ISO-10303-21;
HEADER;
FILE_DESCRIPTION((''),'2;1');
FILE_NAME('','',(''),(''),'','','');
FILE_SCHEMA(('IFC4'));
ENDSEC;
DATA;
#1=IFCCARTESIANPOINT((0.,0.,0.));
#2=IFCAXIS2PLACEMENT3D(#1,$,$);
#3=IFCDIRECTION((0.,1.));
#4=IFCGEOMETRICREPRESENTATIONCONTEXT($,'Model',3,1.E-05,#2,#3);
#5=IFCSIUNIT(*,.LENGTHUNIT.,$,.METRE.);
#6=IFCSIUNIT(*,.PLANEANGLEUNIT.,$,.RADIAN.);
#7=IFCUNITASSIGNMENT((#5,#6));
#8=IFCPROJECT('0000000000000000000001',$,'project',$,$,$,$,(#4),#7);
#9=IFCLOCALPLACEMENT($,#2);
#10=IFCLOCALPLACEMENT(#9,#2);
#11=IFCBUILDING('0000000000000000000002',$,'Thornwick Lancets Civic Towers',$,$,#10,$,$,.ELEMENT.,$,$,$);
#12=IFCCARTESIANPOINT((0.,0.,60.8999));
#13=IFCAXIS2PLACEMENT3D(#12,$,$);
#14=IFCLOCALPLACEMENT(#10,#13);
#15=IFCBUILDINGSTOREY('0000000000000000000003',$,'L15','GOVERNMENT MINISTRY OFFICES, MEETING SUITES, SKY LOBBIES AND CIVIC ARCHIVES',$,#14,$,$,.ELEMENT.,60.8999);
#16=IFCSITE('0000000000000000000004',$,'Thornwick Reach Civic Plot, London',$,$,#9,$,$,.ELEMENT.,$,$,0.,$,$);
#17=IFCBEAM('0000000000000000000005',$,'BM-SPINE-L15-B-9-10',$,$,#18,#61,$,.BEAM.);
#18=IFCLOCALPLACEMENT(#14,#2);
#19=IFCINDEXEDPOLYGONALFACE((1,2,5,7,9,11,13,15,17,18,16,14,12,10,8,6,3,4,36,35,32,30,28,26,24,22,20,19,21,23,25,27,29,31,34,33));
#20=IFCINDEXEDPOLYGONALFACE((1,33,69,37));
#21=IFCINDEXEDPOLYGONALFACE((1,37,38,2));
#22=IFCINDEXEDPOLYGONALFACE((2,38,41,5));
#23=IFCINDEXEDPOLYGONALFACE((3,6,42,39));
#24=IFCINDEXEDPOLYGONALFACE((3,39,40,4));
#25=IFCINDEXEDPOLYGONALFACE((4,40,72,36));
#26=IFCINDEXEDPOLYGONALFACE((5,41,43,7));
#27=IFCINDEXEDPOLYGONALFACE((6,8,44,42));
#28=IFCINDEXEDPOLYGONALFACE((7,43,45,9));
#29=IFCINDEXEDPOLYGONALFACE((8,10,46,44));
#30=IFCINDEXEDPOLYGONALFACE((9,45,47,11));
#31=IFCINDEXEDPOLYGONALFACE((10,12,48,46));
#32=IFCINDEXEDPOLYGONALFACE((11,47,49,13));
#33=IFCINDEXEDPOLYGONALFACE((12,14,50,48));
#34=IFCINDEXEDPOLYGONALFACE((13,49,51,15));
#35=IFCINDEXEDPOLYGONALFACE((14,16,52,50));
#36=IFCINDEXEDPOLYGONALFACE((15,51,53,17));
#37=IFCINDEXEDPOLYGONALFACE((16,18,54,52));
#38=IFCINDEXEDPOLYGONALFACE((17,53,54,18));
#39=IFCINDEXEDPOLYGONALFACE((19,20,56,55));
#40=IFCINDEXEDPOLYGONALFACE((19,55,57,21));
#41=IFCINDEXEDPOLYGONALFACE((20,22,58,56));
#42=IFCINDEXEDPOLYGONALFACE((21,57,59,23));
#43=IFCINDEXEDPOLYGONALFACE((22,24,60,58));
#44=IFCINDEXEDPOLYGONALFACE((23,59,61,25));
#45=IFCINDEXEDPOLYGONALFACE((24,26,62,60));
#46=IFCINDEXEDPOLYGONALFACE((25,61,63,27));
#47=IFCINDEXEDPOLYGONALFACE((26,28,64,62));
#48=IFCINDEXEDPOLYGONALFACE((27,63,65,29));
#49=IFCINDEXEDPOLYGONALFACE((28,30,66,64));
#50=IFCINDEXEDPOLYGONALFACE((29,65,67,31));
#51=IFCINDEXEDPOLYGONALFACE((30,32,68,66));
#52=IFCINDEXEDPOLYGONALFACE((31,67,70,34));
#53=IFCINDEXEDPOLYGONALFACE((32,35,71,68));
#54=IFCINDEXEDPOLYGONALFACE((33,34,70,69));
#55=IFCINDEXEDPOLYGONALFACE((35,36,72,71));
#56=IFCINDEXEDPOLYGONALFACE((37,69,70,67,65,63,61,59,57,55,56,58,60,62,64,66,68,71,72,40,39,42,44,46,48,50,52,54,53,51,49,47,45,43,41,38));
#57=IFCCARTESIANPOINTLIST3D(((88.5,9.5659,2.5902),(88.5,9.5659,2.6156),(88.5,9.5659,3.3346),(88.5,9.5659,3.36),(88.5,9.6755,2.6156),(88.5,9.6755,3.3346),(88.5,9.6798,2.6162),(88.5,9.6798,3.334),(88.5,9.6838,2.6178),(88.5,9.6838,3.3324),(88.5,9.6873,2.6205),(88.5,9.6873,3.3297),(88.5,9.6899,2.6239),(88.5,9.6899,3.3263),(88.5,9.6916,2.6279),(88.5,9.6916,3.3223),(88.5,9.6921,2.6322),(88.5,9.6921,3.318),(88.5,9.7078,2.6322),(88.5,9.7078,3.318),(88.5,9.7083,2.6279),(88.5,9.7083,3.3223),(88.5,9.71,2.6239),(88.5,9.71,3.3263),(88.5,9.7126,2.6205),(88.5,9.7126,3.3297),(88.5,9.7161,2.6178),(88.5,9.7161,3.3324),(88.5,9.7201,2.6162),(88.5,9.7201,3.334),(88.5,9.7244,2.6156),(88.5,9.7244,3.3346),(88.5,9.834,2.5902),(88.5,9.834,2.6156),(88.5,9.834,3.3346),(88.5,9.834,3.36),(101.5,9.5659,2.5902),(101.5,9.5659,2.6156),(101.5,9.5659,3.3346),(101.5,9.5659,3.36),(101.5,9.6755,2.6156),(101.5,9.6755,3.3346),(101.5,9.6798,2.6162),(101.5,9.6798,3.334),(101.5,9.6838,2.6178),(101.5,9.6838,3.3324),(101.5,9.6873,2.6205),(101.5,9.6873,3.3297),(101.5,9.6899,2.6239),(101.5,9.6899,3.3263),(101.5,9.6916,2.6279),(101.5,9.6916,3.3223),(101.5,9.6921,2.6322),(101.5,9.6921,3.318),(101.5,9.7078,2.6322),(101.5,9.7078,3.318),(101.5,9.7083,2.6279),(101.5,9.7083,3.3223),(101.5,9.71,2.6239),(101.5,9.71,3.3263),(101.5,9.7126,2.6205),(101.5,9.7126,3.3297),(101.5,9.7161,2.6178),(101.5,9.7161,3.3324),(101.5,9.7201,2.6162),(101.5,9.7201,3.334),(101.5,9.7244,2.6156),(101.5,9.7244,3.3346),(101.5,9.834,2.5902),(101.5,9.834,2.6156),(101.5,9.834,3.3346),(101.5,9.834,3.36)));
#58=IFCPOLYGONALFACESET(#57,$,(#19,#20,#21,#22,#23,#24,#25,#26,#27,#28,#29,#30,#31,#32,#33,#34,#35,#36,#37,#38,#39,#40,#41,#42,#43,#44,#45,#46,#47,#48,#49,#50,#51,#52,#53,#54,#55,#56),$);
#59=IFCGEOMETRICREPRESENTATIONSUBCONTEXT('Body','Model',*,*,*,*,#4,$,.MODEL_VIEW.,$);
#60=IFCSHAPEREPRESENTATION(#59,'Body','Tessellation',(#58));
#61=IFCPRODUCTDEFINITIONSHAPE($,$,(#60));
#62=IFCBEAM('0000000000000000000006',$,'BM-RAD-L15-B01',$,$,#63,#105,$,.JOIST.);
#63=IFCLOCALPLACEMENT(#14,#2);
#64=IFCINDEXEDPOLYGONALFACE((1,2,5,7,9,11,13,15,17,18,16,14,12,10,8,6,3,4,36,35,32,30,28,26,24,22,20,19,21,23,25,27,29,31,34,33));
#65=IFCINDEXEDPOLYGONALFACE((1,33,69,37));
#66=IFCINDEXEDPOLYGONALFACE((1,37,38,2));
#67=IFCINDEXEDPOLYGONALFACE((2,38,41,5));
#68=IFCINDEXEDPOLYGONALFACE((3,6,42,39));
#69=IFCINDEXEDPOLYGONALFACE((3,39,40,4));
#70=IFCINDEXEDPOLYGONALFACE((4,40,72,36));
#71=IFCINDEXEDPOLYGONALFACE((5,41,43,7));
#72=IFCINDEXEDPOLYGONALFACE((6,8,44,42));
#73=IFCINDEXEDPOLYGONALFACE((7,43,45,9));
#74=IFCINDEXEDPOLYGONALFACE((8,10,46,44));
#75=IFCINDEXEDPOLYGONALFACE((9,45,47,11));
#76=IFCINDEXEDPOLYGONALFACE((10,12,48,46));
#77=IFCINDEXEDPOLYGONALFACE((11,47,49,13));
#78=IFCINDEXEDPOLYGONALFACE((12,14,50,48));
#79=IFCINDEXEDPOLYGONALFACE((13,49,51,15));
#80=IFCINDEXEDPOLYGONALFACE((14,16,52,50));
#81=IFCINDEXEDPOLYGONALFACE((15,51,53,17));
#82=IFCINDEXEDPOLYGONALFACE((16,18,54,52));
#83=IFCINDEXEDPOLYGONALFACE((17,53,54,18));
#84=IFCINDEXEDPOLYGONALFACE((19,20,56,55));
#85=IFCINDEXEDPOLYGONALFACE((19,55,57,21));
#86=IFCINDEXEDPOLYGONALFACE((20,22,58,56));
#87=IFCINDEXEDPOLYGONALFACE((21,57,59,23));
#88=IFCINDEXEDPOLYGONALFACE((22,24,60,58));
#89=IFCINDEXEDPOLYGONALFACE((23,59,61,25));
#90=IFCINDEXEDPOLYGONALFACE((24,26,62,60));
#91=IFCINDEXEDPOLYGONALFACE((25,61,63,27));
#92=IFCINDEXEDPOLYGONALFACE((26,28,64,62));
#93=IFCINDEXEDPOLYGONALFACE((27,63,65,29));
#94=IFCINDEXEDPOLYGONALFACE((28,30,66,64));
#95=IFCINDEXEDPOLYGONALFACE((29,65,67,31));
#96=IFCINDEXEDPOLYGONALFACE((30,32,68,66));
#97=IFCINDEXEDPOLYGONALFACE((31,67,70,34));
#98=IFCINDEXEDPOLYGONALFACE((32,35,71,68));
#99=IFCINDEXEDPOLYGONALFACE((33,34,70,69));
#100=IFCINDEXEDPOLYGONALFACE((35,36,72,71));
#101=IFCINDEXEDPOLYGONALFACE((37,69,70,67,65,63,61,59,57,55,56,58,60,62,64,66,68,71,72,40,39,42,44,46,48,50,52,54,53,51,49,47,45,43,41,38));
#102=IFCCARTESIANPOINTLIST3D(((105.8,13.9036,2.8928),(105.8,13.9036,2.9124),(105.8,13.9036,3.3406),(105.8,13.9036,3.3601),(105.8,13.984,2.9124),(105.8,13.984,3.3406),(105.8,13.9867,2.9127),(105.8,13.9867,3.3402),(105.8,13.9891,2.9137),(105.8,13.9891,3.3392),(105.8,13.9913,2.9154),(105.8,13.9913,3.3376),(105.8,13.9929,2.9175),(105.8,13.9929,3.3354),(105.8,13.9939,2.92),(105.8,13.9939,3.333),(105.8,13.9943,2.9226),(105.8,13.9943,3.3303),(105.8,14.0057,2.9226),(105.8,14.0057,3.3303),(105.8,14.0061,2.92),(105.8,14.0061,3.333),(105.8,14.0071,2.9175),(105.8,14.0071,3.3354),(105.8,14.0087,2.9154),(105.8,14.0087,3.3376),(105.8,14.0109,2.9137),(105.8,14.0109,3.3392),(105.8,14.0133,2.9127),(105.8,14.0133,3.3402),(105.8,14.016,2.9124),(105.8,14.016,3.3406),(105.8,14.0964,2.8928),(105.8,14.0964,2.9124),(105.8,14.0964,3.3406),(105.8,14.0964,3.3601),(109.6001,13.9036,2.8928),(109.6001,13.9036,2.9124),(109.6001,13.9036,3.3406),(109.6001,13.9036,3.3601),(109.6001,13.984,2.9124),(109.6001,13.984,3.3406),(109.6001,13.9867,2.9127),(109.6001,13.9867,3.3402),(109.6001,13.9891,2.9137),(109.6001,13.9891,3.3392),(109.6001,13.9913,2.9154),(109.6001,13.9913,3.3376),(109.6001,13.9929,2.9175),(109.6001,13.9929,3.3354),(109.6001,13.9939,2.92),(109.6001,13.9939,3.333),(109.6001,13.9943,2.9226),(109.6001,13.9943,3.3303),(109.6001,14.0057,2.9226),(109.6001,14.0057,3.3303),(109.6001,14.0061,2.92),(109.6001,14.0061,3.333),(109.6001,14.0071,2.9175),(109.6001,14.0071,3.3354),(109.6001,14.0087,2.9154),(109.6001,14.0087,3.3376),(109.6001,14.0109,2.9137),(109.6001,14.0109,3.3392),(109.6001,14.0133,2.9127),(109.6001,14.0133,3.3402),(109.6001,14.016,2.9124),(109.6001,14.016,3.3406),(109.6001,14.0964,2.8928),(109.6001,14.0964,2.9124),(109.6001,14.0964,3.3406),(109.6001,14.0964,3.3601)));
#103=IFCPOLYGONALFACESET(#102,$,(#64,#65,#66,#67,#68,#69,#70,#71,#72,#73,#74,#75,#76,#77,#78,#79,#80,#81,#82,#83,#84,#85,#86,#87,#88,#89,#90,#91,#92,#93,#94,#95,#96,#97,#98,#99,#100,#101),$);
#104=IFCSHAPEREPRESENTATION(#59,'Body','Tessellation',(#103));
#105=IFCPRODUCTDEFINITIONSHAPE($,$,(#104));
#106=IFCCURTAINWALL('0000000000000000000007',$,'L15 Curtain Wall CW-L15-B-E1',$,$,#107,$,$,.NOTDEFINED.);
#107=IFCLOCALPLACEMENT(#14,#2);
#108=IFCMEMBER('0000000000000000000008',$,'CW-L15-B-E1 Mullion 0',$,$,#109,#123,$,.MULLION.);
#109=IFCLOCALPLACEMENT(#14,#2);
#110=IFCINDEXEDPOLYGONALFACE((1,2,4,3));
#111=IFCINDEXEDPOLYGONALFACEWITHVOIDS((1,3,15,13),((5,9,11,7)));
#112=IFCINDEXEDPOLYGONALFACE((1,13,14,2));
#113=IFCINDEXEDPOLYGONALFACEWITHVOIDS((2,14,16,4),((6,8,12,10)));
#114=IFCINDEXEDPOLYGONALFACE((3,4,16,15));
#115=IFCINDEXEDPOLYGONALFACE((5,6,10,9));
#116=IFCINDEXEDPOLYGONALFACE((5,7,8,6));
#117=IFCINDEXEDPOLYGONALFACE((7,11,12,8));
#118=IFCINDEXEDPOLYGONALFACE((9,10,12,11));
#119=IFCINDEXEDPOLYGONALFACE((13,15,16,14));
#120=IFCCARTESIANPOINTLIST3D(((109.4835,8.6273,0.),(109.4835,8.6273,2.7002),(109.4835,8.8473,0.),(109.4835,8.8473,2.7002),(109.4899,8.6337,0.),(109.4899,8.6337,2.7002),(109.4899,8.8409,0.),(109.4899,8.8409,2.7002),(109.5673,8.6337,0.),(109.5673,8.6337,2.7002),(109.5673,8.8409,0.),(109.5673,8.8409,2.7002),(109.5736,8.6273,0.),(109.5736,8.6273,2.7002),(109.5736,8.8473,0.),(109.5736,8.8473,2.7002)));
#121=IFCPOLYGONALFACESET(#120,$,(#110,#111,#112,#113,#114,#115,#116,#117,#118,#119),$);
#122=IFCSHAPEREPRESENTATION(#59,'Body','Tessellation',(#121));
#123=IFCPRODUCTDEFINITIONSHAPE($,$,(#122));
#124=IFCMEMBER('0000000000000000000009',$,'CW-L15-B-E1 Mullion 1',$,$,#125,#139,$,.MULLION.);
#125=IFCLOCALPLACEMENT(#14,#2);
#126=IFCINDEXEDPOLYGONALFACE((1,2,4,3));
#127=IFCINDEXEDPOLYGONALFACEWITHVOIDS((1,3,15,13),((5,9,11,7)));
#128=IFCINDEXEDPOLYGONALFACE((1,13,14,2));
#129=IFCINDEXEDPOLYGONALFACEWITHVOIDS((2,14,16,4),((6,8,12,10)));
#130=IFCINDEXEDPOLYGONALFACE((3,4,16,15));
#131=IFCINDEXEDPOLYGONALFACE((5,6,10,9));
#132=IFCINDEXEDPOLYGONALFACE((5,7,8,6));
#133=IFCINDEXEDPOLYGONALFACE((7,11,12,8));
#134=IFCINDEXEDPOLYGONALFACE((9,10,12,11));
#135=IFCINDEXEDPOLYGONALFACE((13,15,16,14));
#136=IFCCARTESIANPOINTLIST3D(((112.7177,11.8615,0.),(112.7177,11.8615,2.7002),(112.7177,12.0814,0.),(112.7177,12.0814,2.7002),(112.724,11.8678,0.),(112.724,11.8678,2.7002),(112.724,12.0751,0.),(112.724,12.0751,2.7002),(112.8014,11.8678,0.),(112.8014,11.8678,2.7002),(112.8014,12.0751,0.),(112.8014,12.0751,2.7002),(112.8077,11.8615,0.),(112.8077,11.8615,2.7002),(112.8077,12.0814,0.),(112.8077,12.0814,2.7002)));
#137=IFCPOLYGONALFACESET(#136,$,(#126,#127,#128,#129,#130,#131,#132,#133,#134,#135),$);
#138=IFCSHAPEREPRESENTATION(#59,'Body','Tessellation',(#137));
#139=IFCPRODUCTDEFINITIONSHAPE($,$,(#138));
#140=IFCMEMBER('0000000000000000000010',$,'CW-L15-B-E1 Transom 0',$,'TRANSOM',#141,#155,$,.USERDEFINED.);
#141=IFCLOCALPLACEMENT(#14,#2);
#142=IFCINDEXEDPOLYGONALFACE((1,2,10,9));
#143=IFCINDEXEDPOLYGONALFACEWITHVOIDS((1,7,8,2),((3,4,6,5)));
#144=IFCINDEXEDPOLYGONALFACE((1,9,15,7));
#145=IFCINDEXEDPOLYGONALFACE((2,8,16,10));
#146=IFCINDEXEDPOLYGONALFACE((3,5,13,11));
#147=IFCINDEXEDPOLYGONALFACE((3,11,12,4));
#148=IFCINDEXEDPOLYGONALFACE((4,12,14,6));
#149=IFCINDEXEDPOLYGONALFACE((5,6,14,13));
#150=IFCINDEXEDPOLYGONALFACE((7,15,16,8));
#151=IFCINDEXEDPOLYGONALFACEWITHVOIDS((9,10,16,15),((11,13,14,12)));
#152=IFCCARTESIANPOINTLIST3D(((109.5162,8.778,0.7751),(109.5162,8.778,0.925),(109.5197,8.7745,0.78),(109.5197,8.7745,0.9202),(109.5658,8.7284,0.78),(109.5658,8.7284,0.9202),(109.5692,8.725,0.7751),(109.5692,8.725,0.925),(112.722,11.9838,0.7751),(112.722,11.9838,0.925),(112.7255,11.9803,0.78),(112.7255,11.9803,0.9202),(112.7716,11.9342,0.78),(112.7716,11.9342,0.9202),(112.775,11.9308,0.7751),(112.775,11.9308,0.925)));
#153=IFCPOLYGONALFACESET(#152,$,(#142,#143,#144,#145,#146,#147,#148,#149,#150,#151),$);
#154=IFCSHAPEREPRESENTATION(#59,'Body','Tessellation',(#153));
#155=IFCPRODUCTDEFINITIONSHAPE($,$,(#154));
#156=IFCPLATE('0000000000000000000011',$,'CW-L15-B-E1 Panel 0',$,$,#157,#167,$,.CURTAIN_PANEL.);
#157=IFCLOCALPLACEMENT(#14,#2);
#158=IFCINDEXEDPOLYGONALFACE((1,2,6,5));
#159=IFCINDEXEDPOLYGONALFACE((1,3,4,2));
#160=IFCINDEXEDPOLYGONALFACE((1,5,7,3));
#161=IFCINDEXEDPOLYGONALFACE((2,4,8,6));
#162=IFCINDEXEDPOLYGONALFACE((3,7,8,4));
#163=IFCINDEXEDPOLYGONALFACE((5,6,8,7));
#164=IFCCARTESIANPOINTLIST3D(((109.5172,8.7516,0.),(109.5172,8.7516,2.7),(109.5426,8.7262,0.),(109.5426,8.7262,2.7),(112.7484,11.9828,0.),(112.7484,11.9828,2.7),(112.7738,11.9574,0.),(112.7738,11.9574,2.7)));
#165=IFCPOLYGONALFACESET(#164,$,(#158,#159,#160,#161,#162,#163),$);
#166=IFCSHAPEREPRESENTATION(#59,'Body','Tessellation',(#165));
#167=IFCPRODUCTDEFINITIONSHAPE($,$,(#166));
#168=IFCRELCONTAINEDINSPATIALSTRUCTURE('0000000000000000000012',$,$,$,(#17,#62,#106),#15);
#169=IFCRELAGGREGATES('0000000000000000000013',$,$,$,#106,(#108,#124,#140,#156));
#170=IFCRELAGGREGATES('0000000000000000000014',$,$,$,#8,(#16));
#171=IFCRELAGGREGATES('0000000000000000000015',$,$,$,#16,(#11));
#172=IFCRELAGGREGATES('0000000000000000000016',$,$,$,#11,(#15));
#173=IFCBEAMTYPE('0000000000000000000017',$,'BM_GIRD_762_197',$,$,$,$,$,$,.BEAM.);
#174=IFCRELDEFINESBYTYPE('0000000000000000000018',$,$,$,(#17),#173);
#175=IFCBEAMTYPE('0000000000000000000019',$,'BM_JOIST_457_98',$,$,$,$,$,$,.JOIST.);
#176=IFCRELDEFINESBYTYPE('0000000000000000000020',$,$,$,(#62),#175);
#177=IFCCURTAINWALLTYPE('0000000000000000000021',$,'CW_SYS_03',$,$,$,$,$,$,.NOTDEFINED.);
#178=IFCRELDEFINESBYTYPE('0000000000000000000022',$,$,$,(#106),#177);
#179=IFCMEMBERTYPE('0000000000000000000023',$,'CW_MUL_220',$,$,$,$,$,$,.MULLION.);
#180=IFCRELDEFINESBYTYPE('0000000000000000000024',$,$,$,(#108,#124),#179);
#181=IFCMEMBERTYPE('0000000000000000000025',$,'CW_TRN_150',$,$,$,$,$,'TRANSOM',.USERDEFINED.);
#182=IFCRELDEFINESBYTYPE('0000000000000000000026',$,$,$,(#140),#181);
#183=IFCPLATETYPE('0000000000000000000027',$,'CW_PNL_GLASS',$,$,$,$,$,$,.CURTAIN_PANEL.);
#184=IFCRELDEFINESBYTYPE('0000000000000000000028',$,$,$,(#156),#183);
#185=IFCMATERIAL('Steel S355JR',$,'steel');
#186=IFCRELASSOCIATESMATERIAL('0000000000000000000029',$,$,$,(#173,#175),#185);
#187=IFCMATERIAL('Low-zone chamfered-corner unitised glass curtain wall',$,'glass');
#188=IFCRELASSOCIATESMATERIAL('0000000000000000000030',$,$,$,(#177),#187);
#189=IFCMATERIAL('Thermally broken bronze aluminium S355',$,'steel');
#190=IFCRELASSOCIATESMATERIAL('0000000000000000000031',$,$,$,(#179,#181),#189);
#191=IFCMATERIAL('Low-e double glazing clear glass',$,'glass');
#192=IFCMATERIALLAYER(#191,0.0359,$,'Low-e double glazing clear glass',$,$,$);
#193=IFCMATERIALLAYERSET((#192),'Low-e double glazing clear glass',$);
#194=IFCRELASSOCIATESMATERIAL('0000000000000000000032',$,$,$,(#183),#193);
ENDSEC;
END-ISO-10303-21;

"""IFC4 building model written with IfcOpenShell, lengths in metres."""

from ifc_helpers import new_model, si_unit, direction, frame, origin, origin_2d, place, context, subcontext, project, spatial, rectangle, hollow_rectangle, i_section, extrude, material, layer, layer_set, material_profile, profile_set, type_object, element, aggregate, save


model = new_model("IFC4")

# Units and contexts
model_context = context("Model", 3, precision=1e-05, world=origin(), true_north=direction((0.0, 1.0)))
body_context = subcontext(model_context, "Body", "Model", "MODEL_VIEW")
ifc_project = project(units=[si_unit("LENGTHUNIT", "METRE"), si_unit("PLANEANGLEUNIT", "RADIAN")], contexts=[model_context])

# Site, building, storey
site_placement = place(None, origin())
site = spatial("IfcSite", under=ifc_project, at=site_placement, Name="Thornwick Reach Civic Plot, London", CompositionType="ELEMENT", RefElevation=0.0)
building_placement = place(site_placement, origin())
building = spatial("IfcBuilding", under=site, at=building_placement, Name="Thornwick Lancets Civic Towers", CompositionType="ELEMENT")
storey_placement = place(building_placement, frame((0.0, 0.0, 60.8999)))
storey = spatial("IfcBuildingStorey", under=building, at=storey_placement, Name="L15", Description="GOVERNMENT MINISTRY OFFICES, MEETING SUITES, SKY LOBBIES AND CIVIC ARCHIVES", CompositionType="ELEMENT", Elevation=60.8999)

# Beams
ifc_material_1 = material(Name="Steel S355JR", Category="steel")
ifc_material_profile_1 = material_profile(ifc_material_1, i_section(OverallWidth=0.2681, OverallDepth=0.7698, WebThickness=0.0156, FlangeThickness=0.0254, FilletRadius=0.0166, at=origin_2d()), Name="UKB 762x267x197")
ifc_profile_set_1 = profile_set([ifc_material_profile_1], Name="Steel S355JR")
beam_type_1 = type_object("IfcBeamType", Name="BM_GIRD_762_197", PredefinedType="BEAM", material=ifc_profile_set_1)
for number, where, z_axis, x_axis, name in (
    (1, (101.5, 9.7, 2.9751), (-1.0, 0.0, 0.0), (0.0, -1.0, 0.0), "BM-SPINE-L15-B-9-10"),
):
    element("IfcBeam", number, at=place(storey_placement, frame(where, z_axis=z_axis, x_axis=x_axis)), inside=storey, type_object=beam_type_1, Name=name, PredefinedType="BEAM", context=body_context, shape_type="SweptSolid", body=[
        extrude(i_section(OverallWidth=0.2681, OverallDepth=0.7698, WebThickness=0.0156, FlangeThickness=0.0254, FilletRadius=0.0166, at=origin_2d()), origin(), (0.0, 0.0, 1.0), 13.0),
    ])
ifc_material_profile_2 = material_profile(ifc_material_1, i_section(OverallWidth=0.1929, OverallDepth=0.4673, WebThickness=0.0115, FlangeThickness=0.0195, FilletRadius=0.0103, at=origin_2d()), Name="UKB 457x191x98")
ifc_profile_set_2 = profile_set([ifc_material_profile_2], Name="Steel S355JR")
beam_type_2 = type_object("IfcBeamType", Name="BM_JOIST_457_98", PredefinedType="JOIST", material=ifc_profile_set_2)
beam_1_placement = place(storey_placement, frame((105.8, 14.0, 3.1265), z_axis=(1.0, 0.0, 0.0), x_axis=(0.0, 1.0, 0.0)))
element("IfcBeam", 2, at=beam_1_placement, inside=storey, type_object=beam_type_2, Name="BM-RAD-L15-B01", PredefinedType="JOIST", context=body_context, shape_type="SweptSolid", body=[
    extrude(i_section(OverallWidth=0.1929, OverallDepth=0.4673, WebThickness=0.0115, FlangeThickness=0.0195, FilletRadius=0.0103, at=origin_2d()), origin(), (0.0, 0.0, 1.0), 3.8),
])

# Curtain wall, members, plate
ifc_material_2 = material(Name="Low-zone chamfered-corner unitised glass curtain wall", Category="glass")
curtain_wall_type = type_object("IfcCurtainWallType", Name="CW_SYS_03", PredefinedType="NOTDEFINED", material=ifc_material_2)
curtain_wall_placement = place(storey_placement, origin())
curtain_wall = element("IfcCurtainWall", 3, at=curtain_wall_placement, inside=storey, type_object=curtain_wall_type, Name="L15 Curtain Wall CW-L15-B-E1", PredefinedType="NOTDEFINED")
ifc_material_3 = material(Name="Thermally broken bronze aluminium S355", Category="steel")
ifc_material_profile_3 = material_profile(ifc_material_3, hollow_rectangle(XDim=0.0901, YDim=0.22, WallThickness=0.0063, at=origin_2d()), Name="RHS 220x90x6.3")
ifc_profile_set_3 = profile_set([ifc_material_profile_3], Name="Thermally broken bronze aluminium S355")
member_type_1 = type_object("IfcMemberType", Name="CW_MUL_220", PredefinedType="MULLION", material=ifc_profile_set_3)
member_1_placement = place(storey_placement, frame((109.5286, 8.7373, 0.0), z_axis=(0.0, 0.0, 1.0), x_axis=(1.0, 0.0, 0.0)))
member_1 = element("IfcMember", 4, at=member_1_placement, type_object=member_type_1, Name="CW-L15-B-E1 Mullion 0", PredefinedType="MULLION", context=body_context, shape_type="SweptSolid", body=[
    extrude(hollow_rectangle(XDim=0.0901, YDim=0.22, WallThickness=0.0063, at=origin_2d()), origin(), (0.0, 0.0, 1.0), 2.7002),
])
member_2_placement = place(storey_placement, frame((112.7627, 11.9714, 0.0), z_axis=(0.0, 0.0, 1.0), x_axis=(1.0, 0.0, 0.0)))
member_2 = element("IfcMember", 5, at=member_2_placement, type_object=member_type_1, Name="CW-L15-B-E1 Mullion 1", PredefinedType="MULLION", context=body_context, shape_type="SweptSolid", body=[
    extrude(hollow_rectangle(XDim=0.0901, YDim=0.22, WallThickness=0.0063, at=origin_2d()), origin(), (0.0, 0.0, 1.0), 2.7002),
])
ifc_material_profile_4 = material_profile(ifc_material_3, hollow_rectangle(XDim=0.075, YDim=0.1499, WallThickness=0.0049, at=origin_2d()), Name="RHS 150x75x5")
ifc_profile_set_4 = profile_set([ifc_material_profile_4], Name="Thermally broken bronze aluminium S355")
member_type_2 = type_object("IfcMemberType", Name="CW_TRN_150", ElementType="TRANSOM", PredefinedType="USERDEFINED", material=ifc_profile_set_4)
member_3_placement = place(storey_placement, frame((109.5427, 8.7515, 0.8501), z_axis=(0.707107, 0.707107, 0.0), x_axis=(-0.707107, 0.707107, 0.0)))
member_3 = element("IfcMember", 6, at=member_3_placement, type_object=member_type_2, Name="CW-L15-B-E1 Transom 0", ObjectType="TRANSOM", PredefinedType="USERDEFINED", context=body_context, shape_type="SweptSolid", body=[
    extrude(hollow_rectangle(XDim=0.075, YDim=0.1499, WallThickness=0.0049, at=origin_2d()), origin(), (0.0, 0.0, 1.0), 4.5337),
])
ifc_material_4 = material(Name="Low-e double glazing clear glass", Category="glass")
ifc_layer_1 = layer(ifc_material_4, 0.0359, Name="Low-e double glazing clear glass")
ifc_layer_set_1 = layer_set([ifc_layer_1], Name="Low-e double glazing clear glass")
plate_type = type_object("IfcPlateType", Name="CW_PNL_GLASS", PredefinedType="CURTAIN_PANEL", material=ifc_layer_set_1)
plate_placement = place(storey_placement, frame((111.1455, 10.3545, 0.0), z_axis=(0.0, 0.0, 1.0), x_axis=(0.707107, 0.707107, 0.0)))
plate = element("IfcPlate", 7, at=plate_placement, type_object=plate_type, Name="CW-L15-B-E1 Panel 0", PredefinedType="CURTAIN_PANEL", context=body_context, shape_type="SweptSolid", body=[
    extrude(rectangle(XDim=4.5696, YDim=0.0359, at=origin_2d()), origin(), (0.0, 0.0, 1.0), 2.7),
])
aggregate(curtain_wall, [member_1, member_2, member_3, plate])

save(model, "model.ifc")
